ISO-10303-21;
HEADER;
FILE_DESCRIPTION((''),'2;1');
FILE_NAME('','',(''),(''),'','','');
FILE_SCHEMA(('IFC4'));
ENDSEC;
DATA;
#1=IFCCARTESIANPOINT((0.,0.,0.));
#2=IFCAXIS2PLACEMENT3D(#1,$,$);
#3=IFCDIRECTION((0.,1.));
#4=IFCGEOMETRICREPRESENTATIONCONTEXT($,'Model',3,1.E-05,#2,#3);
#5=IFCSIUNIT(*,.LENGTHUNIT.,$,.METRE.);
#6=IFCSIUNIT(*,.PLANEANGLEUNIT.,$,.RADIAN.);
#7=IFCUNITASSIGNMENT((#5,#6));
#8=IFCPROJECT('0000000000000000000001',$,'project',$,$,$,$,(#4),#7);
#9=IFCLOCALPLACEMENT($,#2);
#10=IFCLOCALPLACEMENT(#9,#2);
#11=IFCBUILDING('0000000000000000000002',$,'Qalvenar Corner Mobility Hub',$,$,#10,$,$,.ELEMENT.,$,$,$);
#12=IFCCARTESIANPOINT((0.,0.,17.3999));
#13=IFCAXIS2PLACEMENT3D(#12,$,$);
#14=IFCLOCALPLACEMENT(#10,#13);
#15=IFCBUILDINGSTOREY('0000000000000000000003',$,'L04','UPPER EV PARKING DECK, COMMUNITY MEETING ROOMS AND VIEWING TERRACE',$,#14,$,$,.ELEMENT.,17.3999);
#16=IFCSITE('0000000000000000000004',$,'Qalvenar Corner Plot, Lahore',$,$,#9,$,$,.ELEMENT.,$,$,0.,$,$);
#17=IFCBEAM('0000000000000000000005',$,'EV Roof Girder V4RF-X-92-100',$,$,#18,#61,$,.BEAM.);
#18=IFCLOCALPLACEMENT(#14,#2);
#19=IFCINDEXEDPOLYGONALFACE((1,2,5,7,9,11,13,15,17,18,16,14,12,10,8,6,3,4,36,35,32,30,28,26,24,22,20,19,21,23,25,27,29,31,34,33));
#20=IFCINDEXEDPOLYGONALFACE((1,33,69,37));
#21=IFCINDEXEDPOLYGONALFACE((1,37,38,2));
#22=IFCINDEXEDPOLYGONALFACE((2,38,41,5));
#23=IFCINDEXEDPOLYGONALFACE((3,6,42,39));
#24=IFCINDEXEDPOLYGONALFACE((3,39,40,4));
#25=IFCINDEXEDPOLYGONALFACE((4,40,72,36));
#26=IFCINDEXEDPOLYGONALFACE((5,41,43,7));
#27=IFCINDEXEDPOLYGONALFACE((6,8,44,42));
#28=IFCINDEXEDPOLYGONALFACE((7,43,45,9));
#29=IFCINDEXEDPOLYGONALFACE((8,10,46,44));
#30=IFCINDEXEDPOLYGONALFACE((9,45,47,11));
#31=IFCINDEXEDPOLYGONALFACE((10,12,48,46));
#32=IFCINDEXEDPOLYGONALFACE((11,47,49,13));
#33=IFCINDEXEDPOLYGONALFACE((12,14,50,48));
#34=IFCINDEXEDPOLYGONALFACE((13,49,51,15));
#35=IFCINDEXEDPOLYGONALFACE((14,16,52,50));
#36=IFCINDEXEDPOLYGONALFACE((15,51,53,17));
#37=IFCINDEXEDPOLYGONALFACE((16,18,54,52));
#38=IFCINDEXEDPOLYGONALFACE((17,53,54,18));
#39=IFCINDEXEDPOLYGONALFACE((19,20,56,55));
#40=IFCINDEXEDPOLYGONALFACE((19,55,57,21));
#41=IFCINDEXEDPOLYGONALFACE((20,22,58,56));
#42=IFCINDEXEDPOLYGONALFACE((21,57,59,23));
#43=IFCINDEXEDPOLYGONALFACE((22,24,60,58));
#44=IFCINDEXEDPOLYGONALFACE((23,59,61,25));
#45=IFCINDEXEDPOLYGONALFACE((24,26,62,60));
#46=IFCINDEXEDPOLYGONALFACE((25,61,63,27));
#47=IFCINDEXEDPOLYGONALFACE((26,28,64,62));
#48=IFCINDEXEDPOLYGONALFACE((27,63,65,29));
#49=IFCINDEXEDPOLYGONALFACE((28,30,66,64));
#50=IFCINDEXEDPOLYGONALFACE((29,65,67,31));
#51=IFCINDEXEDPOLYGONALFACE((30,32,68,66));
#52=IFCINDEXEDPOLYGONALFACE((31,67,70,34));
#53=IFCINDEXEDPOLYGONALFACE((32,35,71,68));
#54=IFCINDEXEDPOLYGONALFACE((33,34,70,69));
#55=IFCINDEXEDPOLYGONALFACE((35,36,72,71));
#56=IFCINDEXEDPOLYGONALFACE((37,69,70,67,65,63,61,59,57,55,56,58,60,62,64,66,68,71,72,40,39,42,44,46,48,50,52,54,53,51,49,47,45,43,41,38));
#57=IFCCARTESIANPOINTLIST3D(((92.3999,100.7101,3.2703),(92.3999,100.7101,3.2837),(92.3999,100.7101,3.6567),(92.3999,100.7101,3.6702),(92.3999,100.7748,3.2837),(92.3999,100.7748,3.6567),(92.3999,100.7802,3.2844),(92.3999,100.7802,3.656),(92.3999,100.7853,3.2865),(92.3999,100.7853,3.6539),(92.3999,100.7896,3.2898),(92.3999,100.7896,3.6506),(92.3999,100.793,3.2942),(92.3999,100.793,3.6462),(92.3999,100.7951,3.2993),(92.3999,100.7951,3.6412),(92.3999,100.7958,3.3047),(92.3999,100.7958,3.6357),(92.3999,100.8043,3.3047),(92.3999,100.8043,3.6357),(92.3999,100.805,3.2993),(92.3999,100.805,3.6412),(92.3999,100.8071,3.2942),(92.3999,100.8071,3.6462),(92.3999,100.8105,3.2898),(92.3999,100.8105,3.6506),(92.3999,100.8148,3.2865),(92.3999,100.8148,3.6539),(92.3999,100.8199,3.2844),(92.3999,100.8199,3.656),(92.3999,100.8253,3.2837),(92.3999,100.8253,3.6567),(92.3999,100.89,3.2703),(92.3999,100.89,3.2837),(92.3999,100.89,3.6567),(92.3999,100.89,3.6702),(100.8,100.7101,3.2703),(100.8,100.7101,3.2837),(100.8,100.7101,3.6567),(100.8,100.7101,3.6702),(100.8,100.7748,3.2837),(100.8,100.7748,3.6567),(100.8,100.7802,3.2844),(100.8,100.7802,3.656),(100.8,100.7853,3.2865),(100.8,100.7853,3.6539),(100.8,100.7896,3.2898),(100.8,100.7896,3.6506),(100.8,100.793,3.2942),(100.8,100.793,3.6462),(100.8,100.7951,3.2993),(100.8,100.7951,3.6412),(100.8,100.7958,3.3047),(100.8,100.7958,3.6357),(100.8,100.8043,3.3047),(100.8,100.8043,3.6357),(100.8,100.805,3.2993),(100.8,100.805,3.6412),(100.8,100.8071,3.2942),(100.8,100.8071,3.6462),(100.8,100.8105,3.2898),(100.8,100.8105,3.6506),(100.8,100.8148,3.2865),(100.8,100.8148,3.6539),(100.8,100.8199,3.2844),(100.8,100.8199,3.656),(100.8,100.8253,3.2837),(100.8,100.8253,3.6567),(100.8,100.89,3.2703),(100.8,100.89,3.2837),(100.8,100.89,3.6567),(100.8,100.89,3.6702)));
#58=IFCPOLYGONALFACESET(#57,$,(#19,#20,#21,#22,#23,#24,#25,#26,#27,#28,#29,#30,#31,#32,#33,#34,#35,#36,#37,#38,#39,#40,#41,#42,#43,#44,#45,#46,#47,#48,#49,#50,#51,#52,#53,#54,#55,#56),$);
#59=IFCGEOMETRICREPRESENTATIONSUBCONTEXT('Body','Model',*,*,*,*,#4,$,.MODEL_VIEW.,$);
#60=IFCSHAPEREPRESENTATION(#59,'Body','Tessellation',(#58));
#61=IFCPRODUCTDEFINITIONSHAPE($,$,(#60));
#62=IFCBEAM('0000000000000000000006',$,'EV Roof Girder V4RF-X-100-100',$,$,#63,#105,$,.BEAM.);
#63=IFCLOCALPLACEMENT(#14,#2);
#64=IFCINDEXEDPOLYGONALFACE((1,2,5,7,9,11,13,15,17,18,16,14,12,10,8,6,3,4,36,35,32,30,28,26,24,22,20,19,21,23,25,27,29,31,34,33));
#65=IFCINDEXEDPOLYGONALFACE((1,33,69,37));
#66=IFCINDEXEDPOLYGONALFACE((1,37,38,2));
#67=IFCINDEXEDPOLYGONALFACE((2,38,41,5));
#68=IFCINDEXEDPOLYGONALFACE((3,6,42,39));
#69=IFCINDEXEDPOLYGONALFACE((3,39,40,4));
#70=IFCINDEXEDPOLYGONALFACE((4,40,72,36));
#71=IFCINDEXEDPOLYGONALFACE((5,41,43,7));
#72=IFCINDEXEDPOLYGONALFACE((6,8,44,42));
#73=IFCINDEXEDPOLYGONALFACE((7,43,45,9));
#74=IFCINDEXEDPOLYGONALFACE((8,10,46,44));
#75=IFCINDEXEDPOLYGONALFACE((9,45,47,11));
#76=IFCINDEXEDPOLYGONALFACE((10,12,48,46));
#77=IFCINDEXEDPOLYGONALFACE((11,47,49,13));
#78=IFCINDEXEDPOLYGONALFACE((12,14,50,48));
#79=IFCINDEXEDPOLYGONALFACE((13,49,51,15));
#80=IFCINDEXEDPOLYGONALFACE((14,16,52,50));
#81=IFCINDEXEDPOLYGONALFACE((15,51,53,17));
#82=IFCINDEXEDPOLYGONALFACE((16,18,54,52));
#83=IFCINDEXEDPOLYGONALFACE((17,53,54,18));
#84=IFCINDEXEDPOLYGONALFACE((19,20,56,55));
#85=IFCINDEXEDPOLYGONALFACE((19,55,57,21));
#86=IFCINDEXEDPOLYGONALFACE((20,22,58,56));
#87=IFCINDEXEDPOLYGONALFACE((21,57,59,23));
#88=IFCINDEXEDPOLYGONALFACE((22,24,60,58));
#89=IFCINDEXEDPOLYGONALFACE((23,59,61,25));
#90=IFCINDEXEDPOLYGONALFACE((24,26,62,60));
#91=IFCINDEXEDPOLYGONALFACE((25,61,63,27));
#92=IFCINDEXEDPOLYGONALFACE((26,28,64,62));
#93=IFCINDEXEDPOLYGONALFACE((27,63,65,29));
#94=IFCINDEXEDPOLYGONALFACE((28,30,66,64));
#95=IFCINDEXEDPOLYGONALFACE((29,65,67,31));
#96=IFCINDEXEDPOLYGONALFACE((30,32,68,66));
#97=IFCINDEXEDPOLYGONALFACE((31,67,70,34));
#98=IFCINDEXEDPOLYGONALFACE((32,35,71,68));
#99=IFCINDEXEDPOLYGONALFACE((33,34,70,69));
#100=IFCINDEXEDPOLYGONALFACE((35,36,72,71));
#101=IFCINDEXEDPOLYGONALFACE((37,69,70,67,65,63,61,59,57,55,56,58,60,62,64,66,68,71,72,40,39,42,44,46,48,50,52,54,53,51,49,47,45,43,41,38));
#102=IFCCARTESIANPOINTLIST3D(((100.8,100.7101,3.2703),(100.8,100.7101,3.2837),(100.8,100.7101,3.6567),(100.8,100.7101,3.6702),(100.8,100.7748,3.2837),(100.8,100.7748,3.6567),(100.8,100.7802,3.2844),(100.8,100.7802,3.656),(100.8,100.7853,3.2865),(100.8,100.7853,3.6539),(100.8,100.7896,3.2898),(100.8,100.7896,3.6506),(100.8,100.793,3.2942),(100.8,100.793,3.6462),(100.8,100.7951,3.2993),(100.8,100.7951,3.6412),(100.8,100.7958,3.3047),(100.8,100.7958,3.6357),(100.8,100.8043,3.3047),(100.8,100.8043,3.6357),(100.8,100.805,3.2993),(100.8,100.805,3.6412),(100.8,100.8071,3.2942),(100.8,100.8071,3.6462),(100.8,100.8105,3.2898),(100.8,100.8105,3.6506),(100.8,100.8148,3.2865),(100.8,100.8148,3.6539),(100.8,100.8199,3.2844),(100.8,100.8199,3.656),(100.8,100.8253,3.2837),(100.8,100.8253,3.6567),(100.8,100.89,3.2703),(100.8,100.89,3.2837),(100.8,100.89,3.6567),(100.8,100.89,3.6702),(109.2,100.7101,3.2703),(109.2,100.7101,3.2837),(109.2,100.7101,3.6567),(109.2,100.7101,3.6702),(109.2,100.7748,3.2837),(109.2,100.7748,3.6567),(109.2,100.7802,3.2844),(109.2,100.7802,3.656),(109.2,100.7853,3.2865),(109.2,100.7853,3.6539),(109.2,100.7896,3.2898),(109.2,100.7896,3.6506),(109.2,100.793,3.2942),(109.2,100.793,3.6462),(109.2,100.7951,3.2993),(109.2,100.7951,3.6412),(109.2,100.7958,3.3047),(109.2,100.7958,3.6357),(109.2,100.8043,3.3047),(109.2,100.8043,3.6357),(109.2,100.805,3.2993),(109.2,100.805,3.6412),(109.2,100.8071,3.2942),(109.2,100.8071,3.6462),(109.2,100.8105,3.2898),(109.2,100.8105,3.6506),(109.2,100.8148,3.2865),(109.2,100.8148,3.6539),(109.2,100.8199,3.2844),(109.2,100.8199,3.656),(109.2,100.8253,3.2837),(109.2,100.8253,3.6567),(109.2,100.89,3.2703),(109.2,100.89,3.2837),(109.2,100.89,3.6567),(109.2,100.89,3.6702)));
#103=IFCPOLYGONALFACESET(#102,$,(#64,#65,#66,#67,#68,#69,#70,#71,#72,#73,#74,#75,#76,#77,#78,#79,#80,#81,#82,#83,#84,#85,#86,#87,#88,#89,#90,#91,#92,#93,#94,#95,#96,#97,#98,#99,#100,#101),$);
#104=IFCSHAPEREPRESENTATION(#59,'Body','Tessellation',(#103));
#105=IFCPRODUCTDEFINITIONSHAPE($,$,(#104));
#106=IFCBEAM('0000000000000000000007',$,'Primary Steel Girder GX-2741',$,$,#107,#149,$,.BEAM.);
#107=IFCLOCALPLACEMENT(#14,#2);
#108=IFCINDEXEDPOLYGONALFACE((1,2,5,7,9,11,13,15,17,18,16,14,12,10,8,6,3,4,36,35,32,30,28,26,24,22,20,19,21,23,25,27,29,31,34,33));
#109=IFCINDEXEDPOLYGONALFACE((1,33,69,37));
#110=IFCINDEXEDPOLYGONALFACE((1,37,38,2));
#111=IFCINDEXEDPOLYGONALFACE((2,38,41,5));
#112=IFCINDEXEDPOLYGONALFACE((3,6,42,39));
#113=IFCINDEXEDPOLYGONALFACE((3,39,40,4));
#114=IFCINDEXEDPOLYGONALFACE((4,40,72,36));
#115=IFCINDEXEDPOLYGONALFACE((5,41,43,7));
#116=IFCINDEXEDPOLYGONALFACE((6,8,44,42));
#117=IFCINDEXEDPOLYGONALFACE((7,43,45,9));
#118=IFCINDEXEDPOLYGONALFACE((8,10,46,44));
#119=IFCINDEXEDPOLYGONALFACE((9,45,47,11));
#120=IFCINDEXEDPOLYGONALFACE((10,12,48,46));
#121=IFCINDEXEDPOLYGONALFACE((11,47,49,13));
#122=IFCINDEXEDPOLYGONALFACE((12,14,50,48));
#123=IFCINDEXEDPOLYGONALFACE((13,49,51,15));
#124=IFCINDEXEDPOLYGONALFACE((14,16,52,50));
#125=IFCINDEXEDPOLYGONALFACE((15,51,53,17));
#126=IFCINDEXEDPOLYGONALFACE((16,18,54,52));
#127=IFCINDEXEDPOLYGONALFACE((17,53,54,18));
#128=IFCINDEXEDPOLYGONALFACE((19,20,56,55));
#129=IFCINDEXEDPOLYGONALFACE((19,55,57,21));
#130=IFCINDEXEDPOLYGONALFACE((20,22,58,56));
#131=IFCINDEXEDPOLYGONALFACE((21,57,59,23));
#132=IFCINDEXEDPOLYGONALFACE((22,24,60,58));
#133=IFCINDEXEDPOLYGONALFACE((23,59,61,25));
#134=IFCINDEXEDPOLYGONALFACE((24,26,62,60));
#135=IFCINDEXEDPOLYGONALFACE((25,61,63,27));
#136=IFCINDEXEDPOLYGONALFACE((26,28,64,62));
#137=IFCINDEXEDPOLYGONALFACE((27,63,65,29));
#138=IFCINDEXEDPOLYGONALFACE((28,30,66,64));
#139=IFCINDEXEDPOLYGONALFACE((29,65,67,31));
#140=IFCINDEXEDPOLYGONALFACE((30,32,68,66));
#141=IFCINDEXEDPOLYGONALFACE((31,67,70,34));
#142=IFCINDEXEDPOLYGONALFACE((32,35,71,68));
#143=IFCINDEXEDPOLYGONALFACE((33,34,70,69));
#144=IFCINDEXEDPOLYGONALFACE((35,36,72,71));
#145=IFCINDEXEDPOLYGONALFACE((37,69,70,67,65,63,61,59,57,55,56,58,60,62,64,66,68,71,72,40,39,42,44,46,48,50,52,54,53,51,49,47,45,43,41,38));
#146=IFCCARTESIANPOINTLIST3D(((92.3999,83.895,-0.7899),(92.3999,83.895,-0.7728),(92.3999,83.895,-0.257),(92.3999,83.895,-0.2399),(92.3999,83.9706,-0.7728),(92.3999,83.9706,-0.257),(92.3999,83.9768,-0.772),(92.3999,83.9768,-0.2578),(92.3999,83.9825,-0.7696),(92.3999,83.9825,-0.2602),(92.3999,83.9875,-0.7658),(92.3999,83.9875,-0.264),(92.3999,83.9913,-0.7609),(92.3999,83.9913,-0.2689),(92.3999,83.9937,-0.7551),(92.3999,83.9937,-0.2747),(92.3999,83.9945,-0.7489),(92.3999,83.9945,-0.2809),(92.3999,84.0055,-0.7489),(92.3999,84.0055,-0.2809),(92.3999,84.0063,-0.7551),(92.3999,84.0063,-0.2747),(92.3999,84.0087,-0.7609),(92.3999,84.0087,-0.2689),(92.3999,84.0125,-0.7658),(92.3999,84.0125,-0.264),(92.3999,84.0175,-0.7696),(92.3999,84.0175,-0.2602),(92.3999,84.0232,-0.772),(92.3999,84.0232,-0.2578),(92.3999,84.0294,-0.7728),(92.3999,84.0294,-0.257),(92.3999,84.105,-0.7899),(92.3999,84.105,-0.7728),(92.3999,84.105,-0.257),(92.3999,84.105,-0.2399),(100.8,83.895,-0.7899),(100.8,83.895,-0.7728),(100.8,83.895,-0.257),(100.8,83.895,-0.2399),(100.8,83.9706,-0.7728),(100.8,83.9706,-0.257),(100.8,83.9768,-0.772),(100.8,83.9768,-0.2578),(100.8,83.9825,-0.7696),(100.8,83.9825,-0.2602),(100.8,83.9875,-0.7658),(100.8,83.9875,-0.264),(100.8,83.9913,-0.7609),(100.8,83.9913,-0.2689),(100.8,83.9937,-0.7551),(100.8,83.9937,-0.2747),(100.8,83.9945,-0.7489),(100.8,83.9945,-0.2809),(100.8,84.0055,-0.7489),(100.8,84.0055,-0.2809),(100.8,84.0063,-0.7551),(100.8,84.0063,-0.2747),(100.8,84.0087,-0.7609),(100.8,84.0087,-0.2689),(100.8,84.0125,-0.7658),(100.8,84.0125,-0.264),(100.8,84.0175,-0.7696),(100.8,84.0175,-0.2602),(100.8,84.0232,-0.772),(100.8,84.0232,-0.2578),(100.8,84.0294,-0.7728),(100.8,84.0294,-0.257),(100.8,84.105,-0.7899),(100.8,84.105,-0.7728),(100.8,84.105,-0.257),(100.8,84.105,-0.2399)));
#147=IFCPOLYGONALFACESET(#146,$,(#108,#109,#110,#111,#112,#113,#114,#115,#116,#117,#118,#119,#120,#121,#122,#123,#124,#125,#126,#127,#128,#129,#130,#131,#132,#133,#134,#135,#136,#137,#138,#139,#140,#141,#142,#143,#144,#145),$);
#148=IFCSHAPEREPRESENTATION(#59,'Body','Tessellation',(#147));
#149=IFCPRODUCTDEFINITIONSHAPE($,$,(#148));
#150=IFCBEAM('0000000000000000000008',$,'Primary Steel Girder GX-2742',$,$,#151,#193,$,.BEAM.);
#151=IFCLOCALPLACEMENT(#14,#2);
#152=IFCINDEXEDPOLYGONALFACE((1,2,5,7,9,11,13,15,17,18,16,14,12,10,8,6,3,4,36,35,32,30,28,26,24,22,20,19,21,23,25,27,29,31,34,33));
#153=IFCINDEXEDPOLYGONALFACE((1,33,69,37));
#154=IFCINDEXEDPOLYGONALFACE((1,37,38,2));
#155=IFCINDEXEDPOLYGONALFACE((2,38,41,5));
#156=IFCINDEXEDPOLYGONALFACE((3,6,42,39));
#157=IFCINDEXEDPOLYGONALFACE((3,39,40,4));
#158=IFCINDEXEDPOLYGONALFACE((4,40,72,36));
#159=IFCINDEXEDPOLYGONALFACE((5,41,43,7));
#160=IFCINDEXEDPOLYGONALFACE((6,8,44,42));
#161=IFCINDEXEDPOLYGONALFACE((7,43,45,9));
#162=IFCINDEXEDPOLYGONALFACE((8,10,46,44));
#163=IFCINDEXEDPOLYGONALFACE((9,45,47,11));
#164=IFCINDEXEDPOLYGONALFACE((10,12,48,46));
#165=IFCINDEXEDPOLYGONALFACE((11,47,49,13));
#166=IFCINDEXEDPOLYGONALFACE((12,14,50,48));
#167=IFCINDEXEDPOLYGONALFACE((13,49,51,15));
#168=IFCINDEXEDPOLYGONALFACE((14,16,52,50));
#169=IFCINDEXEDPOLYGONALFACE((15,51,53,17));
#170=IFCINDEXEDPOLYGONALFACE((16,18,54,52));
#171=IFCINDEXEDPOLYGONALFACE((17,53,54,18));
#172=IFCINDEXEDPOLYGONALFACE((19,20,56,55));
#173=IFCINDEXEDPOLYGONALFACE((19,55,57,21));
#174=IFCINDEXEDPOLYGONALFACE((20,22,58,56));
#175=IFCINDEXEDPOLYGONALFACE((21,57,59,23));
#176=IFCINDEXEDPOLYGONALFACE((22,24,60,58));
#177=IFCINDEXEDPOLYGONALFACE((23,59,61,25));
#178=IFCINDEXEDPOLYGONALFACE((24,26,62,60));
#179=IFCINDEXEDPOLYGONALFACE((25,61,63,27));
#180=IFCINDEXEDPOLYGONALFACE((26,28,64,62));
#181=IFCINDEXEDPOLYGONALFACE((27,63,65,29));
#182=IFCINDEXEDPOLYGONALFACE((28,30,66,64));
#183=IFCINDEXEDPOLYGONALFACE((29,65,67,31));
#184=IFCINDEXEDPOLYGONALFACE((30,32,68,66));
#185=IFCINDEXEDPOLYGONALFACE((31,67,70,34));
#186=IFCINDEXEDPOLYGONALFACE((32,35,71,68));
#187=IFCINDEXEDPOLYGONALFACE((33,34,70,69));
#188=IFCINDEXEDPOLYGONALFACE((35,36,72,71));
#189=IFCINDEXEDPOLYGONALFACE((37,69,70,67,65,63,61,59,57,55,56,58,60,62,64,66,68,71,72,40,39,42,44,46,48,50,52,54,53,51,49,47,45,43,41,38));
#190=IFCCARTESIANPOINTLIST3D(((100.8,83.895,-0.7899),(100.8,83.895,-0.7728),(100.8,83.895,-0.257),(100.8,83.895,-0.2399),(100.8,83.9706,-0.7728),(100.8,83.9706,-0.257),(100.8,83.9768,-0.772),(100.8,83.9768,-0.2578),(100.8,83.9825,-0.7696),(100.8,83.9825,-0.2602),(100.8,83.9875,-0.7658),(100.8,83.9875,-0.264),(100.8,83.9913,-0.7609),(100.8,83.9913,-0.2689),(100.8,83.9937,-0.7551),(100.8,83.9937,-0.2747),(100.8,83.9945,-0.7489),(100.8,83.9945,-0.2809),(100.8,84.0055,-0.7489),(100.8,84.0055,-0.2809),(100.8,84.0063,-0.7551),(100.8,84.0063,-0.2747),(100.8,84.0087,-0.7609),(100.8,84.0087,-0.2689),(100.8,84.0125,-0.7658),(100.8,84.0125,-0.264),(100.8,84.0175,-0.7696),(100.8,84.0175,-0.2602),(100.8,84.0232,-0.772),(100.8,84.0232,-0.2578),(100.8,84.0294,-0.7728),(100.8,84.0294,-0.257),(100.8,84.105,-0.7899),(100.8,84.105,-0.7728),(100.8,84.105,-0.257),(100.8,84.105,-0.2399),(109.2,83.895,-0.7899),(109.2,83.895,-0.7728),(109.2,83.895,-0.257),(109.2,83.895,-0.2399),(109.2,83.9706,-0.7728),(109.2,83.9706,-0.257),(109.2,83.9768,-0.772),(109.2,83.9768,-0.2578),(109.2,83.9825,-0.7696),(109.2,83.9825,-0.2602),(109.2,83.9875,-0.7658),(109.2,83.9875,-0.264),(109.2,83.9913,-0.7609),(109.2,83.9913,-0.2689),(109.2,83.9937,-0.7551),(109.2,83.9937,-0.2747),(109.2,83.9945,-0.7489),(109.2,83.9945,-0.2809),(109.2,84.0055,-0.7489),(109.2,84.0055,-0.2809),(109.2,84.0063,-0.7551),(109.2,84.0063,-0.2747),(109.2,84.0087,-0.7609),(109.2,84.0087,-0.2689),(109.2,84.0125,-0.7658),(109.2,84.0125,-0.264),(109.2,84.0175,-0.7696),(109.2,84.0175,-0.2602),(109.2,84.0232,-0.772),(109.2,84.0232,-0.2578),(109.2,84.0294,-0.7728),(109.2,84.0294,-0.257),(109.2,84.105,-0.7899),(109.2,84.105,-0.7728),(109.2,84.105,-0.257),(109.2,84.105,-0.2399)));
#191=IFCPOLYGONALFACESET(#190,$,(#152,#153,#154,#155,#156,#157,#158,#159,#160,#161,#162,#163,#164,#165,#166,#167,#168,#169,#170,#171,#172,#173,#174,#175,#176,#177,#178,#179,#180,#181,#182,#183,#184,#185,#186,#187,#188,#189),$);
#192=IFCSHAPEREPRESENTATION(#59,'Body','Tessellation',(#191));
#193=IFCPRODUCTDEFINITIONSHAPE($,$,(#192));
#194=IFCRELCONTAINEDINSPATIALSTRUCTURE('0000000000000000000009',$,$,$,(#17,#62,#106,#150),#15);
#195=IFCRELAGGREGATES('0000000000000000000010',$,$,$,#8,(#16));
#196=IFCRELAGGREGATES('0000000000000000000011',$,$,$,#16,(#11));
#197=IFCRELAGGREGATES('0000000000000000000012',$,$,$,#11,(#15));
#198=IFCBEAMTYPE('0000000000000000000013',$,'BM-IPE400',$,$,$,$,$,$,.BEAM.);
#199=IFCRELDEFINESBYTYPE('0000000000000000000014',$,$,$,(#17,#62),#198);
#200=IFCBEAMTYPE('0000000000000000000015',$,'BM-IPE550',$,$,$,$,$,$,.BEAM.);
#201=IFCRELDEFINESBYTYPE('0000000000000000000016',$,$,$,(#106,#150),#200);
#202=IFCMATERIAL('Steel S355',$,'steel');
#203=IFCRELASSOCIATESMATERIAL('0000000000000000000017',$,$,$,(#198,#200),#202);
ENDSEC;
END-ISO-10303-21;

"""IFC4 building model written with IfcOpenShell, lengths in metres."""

from ifc_helpers import new_model, si_unit, direction, frame, origin, origin_2d, place, context, subcontext, project, spatial, i_section, extrude, material, material_profile, profile_set, type_object, element, save


model = new_model("IFC4")

# Units and contexts
model_context = context("Model", 3, precision=1e-05, world=origin(), true_north=direction((0.0, 1.0)))
body_context = subcontext(model_context, "Body", "Model", "MODEL_VIEW")
ifc_project = project(units=[si_unit("LENGTHUNIT", "METRE"), si_unit("PLANEANGLEUNIT", "RADIAN")], contexts=[model_context])

# Site, building, storey
site_placement = place(None, origin())
site = spatial("IfcSite", under=ifc_project, at=site_placement, Name="Qalvenar Corner Plot, Lahore", CompositionType="ELEMENT", RefElevation=0.0)
building_placement = place(site_placement, origin())
building = spatial("IfcBuilding", under=site, at=building_placement, Name="Qalvenar Corner Mobility Hub", CompositionType="ELEMENT")
storey_placement = place(building_placement, frame((0.0, 0.0, 17.3999)))
storey = spatial("IfcBuildingStorey", under=building, at=storey_placement, Name="L04", Description="UPPER EV PARKING DECK, COMMUNITY MEETING ROOMS AND VIEWING TERRACE", CompositionType="ELEMENT", Elevation=17.3999)

# Shared definitions
ifc_material = material(Name="Steel S355", Category="steel")

# Beams
ifc_material_profile_1 = material_profile(ifc_material, i_section(OverallWidth=0.1799, OverallDepth=0.3999, WebThickness=0.0085, FlangeThickness=0.0134, FilletRadius=0.021, at=origin_2d()), Name="IPE400")
ifc_profile_set_1 = profile_set([ifc_material_profile_1], Name="Steel S355")
beam_type_1 = type_object("IfcBeamType", Name="BM-IPE400", PredefinedType="BEAM", material=ifc_profile_set_1)
beam_1_placement = place(storey_placement, frame((92.3999, 100.8, 3.4702), z_axis=(1.0, 0.0, 0.0), x_axis=(0.0, 1.0, 0.0)))
element("IfcBeam", 1, at=beam_1_placement, inside=storey, type_object=beam_type_1, Name="EV Roof Girder V4RF-X-92-100", PredefinedType="BEAM", context=body_context, shape_type="SweptSolid", body=[
    extrude(i_section(OverallWidth=0.1799, OverallDepth=0.3999, WebThickness=0.0085, FlangeThickness=0.0134, FilletRadius=0.021, at=origin_2d()), origin(), (0.0, 0.0, 1.0), 8.4001),
])
beam_2_placement = place(storey_placement, frame((100.8, 100.8, 3.4702), z_axis=(1.0, 0.0, 0.0), x_axis=(0.0, 1.0, 0.0)))
element("IfcBeam", 2, at=beam_2_placement, inside=storey, type_object=beam_type_1, Name="EV Roof Girder V4RF-X-100-100", PredefinedType="BEAM", context=body_context, shape_type="SweptSolid", body=[
    extrude(i_section(OverallWidth=0.1799, OverallDepth=0.3999, WebThickness=0.0085, FlangeThickness=0.0134, FilletRadius=0.021, at=origin_2d()), origin(), (0.0, 0.0, 1.0), 8.3999),
])
ifc_material_profile_2 = material_profile(ifc_material, i_section(OverallWidth=0.21, OverallDepth=0.55, WebThickness=0.011, FlangeThickness=0.0171, FilletRadius=0.0239, at=origin_2d()), Name="IPE550")
ifc_profile_set_2 = profile_set([ifc_material_profile_2], Name="Steel S355")
beam_type_2 = type_object("IfcBeamType", Name="BM-IPE550", PredefinedType="BEAM", material=ifc_profile_set_2)
beam_3_placement = place(storey_placement, frame((92.3999, 84.0, -0.5149), z_axis=(1.0, 0.0, 0.0), x_axis=(0.0, 1.0, 0.0)))
element("IfcBeam", 3, at=beam_3_placement, inside=storey, type_object=beam_type_2, Name="Primary Steel Girder GX-2741", PredefinedType="BEAM", context=body_context, shape_type="SweptSolid", body=[
    extrude(i_section(OverallWidth=0.21, OverallDepth=0.55, WebThickness=0.011, FlangeThickness=0.0171, FilletRadius=0.0239, at=origin_2d()), origin(), (0.0, 0.0, 1.0), 8.4001),
])
beam_4_placement = place(storey_placement, frame((100.8, 84.0, -0.5149), z_axis=(1.0, 0.0, 0.0), x_axis=(0.0, 1.0, 0.0)))
element("IfcBeam", 4, at=beam_4_placement, inside=storey, type_object=beam_type_2, Name="Primary Steel Girder GX-2742", PredefinedType="BEAM", context=body_context, shape_type="SweptSolid", body=[
    extrude(i_section(OverallWidth=0.21, OverallDepth=0.55, WebThickness=0.011, FlangeThickness=0.0171, FilletRadius=0.0239, at=origin_2d()), origin(), (0.0, 0.0, 1.0), 8.3999),
])

save(model, "model.ifc")
